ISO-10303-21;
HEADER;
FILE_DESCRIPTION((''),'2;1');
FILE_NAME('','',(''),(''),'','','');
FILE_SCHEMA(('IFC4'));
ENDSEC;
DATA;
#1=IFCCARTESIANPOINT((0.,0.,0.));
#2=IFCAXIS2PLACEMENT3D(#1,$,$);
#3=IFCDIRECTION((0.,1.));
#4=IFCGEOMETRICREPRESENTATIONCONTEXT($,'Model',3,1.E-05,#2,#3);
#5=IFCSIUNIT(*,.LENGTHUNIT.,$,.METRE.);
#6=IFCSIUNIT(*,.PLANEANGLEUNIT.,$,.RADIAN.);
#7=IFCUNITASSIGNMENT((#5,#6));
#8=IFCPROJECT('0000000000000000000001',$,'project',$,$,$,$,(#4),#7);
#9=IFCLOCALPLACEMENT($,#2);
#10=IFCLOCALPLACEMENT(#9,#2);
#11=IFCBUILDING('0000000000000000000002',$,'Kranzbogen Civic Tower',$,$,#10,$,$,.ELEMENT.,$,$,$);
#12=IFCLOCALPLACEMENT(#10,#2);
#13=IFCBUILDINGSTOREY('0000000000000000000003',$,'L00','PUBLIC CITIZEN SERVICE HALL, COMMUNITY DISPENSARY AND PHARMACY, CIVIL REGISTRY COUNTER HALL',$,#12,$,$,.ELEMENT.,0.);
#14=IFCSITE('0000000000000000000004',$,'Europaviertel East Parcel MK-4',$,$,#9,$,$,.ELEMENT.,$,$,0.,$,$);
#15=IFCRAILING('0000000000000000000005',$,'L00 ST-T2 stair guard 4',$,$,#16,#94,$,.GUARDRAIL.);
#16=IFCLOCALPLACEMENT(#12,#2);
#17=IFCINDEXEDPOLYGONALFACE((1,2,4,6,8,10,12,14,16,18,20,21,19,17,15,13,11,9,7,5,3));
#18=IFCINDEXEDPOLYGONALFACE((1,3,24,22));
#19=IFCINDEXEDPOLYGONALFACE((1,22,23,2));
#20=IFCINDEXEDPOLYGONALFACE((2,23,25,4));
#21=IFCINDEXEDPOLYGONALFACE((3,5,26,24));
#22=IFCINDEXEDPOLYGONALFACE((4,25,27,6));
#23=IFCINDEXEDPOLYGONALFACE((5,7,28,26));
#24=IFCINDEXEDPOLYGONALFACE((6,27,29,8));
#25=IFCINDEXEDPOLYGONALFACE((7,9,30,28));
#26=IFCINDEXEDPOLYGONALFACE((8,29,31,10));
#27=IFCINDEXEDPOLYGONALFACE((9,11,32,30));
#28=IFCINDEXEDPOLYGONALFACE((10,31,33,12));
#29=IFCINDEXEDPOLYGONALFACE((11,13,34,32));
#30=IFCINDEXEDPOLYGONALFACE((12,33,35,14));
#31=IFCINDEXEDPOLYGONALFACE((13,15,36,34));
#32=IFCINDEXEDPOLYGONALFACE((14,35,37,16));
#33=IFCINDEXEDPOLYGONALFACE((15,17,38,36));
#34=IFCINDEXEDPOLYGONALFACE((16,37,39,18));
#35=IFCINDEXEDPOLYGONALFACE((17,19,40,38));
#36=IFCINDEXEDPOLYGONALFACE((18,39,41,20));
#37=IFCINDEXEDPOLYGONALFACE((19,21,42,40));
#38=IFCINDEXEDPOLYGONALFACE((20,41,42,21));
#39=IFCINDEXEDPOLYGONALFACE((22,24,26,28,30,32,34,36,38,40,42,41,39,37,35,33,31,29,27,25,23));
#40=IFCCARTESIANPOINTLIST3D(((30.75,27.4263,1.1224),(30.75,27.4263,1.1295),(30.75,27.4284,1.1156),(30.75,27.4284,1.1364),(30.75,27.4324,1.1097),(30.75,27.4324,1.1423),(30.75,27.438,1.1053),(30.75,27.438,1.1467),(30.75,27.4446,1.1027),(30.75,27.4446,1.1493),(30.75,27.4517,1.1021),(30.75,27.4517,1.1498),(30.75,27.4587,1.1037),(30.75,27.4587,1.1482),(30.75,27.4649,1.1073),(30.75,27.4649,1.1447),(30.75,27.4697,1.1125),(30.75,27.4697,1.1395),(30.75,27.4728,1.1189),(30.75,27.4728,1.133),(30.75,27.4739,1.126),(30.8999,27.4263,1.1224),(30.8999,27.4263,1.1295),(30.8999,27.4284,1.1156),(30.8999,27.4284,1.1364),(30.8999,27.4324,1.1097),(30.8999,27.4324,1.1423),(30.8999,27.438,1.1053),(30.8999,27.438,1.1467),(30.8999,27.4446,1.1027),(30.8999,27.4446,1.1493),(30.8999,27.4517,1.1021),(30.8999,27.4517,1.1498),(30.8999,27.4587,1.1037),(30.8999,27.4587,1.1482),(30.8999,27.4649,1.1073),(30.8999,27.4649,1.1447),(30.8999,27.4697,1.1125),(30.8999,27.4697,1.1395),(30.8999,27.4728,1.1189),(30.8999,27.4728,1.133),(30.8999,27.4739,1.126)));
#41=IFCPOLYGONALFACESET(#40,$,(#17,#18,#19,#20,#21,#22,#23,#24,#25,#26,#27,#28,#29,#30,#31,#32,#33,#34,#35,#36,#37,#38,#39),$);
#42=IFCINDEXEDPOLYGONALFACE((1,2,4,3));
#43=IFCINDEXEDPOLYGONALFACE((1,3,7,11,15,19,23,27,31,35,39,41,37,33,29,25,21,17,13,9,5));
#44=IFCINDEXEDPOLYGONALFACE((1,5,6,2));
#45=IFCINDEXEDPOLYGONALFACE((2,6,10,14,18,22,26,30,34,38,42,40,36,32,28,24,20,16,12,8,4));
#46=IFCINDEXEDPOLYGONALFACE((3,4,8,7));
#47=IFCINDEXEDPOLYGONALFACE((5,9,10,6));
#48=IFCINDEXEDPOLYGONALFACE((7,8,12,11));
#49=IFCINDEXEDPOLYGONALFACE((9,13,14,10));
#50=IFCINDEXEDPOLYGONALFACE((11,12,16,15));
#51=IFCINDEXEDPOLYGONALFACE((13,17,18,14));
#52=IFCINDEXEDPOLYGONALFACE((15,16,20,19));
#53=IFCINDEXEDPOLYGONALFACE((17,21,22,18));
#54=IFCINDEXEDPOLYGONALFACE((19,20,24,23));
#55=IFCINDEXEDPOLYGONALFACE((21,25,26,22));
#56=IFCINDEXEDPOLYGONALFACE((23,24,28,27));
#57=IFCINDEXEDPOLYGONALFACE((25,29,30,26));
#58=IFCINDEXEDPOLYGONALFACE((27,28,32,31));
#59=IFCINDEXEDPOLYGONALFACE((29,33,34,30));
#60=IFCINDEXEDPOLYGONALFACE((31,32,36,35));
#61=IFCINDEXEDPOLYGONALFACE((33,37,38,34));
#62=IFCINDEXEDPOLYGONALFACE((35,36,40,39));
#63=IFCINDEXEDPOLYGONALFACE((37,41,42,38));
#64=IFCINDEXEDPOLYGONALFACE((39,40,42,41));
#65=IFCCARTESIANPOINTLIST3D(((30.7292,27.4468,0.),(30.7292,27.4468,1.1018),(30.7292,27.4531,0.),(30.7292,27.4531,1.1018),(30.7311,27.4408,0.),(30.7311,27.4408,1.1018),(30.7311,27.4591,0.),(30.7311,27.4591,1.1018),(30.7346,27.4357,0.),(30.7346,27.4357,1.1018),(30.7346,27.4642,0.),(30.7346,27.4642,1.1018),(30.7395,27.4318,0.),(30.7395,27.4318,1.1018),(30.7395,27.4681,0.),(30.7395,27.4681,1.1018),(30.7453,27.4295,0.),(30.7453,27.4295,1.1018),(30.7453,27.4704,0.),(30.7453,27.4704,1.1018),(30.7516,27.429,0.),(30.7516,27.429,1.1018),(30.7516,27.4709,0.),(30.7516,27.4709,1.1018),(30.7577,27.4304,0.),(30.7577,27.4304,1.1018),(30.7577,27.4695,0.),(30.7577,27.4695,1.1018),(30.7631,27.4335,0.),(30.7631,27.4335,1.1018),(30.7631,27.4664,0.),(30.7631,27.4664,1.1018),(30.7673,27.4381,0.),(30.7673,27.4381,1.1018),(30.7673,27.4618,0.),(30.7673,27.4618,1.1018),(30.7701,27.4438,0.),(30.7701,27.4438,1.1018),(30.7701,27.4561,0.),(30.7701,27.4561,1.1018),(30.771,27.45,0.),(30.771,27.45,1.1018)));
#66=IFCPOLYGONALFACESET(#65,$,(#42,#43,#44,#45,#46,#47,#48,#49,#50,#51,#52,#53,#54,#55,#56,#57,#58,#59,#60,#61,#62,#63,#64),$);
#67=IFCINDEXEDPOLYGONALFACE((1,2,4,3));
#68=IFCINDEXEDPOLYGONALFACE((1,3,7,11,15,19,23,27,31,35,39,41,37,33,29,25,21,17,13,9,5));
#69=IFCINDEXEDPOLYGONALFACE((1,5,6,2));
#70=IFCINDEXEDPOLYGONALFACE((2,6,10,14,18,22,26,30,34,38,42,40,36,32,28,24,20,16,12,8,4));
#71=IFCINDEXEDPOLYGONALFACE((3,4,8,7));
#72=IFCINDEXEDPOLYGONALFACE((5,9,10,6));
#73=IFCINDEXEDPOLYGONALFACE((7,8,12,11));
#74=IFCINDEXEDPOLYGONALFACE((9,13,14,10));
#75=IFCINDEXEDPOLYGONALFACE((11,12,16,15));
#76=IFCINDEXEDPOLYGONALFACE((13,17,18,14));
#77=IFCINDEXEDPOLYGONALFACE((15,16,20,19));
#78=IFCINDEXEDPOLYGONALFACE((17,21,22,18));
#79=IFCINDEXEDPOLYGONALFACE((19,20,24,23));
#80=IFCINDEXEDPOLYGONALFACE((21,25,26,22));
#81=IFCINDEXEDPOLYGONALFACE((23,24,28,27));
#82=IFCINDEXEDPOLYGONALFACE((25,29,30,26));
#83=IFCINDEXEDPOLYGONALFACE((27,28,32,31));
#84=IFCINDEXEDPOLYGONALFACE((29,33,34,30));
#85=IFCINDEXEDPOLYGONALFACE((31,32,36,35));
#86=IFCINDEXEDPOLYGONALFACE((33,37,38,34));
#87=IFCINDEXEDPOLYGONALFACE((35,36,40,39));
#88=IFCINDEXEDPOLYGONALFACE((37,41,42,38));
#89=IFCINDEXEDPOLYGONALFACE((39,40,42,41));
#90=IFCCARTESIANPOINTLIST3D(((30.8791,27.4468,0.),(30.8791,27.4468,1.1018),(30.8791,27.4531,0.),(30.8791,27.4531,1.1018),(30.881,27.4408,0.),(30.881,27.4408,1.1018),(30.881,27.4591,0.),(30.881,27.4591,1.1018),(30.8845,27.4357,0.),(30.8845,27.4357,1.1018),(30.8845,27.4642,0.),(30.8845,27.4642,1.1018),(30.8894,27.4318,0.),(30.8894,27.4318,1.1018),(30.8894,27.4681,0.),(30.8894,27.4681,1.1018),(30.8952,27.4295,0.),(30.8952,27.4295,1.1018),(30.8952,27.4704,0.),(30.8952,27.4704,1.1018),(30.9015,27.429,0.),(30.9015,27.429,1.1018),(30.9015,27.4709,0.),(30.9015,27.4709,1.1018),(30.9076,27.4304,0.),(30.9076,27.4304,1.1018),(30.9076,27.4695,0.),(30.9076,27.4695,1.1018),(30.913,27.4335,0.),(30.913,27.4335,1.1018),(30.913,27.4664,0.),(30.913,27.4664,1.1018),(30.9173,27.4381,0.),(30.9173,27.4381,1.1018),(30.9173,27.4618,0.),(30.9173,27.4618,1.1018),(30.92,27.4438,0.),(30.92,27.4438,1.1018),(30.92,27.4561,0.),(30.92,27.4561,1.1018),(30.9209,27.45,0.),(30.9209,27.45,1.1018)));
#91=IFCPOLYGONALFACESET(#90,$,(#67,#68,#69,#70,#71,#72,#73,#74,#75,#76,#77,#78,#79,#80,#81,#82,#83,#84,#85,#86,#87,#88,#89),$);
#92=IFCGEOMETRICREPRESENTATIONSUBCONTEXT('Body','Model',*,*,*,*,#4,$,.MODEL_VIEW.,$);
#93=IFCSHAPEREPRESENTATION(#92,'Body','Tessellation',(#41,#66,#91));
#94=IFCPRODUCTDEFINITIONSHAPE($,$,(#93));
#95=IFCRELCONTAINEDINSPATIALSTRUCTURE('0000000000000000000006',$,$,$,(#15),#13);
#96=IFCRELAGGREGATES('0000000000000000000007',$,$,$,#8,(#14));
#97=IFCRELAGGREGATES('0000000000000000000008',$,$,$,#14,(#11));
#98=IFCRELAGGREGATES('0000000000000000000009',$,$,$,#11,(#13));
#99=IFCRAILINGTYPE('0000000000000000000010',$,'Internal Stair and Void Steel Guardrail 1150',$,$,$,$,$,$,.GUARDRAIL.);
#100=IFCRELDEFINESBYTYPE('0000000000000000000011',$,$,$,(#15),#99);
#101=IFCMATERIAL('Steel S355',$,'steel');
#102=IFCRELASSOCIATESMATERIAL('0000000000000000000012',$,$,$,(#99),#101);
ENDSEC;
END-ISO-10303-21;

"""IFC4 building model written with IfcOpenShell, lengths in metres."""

from ifc_helpers import new_model, si_unit, direction, frame, origin, origin_2d, place, context, subcontext, project, spatial, circle, extrude, material, type_object, element, save


model = new_model("IFC4")

# Units and contexts
model_context = context("Model", 3, precision=1e-05, world=origin(), true_north=direction((0.0, 1.0)))
body_context = subcontext(model_context, "Body", "Model", "MODEL_VIEW")
ifc_project = project(units=[si_unit("LENGTHUNIT", "METRE"), si_unit("PLANEANGLEUNIT", "RADIAN")], contexts=[model_context])

# Site, building, storey
site_placement = place(None, origin())
site = spatial("IfcSite", under=ifc_project, at=site_placement, Name="Europaviertel East Parcel MK-4", CompositionType="ELEMENT", RefElevation=0.0)
building_placement = place(site_placement, origin())
building = spatial("IfcBuilding", under=site, at=building_placement, Name="Kranzbogen Civic Tower", CompositionType="ELEMENT")
storey_placement = place(building_placement, origin())
storey = spatial("IfcBuildingStorey", under=building, at=storey_placement, Name="L00", Description="PUBLIC CITIZEN SERVICE HALL, COMMUNITY DISPENSARY AND PHARMACY, CIVIL REGISTRY COUNTER HALL", CompositionType="ELEMENT", Elevation=0.0)

# Shared definitions
ifc_material_1 = material(Name="Steel S355", Category="steel")

# Railing
railing_type_1 = type_object("IfcRailingType", Name="Internal Stair and Void Steel Guardrail 1150", PredefinedType="GUARDRAIL", material=ifc_material_1)
railing_1_placement = place(storey_placement, frame((30.75, 27.45, 0.0)))
element("IfcRailing", 1, at=railing_1_placement, inside=storey, type_object=railing_type_1, Name="L00 ST-T2 stair guard 4", PredefinedType="GUARDRAIL", context=body_context, shape_type="SweptSolid", body=[
    extrude(circle(Radius=0.0239, at=origin_2d()), frame((0.0, 0.0, 1.126), z_axis=(1.0, 0.0, 0.0), x_axis=(0.0, 1.0, 0.0)), (0.0, 0.0, 1.0), 0.1499),
    extrude(circle(Radius=0.021, at=origin_2d()), origin(), (0.0, 0.0, 1.0), 1.1018),
    extrude(circle(Radius=0.021, at=origin_2d()), frame((0.1499, 0.0, 0.0)), (0.0, 0.0, 1.0), 1.1018),
])

save(model, "model.ifc")
